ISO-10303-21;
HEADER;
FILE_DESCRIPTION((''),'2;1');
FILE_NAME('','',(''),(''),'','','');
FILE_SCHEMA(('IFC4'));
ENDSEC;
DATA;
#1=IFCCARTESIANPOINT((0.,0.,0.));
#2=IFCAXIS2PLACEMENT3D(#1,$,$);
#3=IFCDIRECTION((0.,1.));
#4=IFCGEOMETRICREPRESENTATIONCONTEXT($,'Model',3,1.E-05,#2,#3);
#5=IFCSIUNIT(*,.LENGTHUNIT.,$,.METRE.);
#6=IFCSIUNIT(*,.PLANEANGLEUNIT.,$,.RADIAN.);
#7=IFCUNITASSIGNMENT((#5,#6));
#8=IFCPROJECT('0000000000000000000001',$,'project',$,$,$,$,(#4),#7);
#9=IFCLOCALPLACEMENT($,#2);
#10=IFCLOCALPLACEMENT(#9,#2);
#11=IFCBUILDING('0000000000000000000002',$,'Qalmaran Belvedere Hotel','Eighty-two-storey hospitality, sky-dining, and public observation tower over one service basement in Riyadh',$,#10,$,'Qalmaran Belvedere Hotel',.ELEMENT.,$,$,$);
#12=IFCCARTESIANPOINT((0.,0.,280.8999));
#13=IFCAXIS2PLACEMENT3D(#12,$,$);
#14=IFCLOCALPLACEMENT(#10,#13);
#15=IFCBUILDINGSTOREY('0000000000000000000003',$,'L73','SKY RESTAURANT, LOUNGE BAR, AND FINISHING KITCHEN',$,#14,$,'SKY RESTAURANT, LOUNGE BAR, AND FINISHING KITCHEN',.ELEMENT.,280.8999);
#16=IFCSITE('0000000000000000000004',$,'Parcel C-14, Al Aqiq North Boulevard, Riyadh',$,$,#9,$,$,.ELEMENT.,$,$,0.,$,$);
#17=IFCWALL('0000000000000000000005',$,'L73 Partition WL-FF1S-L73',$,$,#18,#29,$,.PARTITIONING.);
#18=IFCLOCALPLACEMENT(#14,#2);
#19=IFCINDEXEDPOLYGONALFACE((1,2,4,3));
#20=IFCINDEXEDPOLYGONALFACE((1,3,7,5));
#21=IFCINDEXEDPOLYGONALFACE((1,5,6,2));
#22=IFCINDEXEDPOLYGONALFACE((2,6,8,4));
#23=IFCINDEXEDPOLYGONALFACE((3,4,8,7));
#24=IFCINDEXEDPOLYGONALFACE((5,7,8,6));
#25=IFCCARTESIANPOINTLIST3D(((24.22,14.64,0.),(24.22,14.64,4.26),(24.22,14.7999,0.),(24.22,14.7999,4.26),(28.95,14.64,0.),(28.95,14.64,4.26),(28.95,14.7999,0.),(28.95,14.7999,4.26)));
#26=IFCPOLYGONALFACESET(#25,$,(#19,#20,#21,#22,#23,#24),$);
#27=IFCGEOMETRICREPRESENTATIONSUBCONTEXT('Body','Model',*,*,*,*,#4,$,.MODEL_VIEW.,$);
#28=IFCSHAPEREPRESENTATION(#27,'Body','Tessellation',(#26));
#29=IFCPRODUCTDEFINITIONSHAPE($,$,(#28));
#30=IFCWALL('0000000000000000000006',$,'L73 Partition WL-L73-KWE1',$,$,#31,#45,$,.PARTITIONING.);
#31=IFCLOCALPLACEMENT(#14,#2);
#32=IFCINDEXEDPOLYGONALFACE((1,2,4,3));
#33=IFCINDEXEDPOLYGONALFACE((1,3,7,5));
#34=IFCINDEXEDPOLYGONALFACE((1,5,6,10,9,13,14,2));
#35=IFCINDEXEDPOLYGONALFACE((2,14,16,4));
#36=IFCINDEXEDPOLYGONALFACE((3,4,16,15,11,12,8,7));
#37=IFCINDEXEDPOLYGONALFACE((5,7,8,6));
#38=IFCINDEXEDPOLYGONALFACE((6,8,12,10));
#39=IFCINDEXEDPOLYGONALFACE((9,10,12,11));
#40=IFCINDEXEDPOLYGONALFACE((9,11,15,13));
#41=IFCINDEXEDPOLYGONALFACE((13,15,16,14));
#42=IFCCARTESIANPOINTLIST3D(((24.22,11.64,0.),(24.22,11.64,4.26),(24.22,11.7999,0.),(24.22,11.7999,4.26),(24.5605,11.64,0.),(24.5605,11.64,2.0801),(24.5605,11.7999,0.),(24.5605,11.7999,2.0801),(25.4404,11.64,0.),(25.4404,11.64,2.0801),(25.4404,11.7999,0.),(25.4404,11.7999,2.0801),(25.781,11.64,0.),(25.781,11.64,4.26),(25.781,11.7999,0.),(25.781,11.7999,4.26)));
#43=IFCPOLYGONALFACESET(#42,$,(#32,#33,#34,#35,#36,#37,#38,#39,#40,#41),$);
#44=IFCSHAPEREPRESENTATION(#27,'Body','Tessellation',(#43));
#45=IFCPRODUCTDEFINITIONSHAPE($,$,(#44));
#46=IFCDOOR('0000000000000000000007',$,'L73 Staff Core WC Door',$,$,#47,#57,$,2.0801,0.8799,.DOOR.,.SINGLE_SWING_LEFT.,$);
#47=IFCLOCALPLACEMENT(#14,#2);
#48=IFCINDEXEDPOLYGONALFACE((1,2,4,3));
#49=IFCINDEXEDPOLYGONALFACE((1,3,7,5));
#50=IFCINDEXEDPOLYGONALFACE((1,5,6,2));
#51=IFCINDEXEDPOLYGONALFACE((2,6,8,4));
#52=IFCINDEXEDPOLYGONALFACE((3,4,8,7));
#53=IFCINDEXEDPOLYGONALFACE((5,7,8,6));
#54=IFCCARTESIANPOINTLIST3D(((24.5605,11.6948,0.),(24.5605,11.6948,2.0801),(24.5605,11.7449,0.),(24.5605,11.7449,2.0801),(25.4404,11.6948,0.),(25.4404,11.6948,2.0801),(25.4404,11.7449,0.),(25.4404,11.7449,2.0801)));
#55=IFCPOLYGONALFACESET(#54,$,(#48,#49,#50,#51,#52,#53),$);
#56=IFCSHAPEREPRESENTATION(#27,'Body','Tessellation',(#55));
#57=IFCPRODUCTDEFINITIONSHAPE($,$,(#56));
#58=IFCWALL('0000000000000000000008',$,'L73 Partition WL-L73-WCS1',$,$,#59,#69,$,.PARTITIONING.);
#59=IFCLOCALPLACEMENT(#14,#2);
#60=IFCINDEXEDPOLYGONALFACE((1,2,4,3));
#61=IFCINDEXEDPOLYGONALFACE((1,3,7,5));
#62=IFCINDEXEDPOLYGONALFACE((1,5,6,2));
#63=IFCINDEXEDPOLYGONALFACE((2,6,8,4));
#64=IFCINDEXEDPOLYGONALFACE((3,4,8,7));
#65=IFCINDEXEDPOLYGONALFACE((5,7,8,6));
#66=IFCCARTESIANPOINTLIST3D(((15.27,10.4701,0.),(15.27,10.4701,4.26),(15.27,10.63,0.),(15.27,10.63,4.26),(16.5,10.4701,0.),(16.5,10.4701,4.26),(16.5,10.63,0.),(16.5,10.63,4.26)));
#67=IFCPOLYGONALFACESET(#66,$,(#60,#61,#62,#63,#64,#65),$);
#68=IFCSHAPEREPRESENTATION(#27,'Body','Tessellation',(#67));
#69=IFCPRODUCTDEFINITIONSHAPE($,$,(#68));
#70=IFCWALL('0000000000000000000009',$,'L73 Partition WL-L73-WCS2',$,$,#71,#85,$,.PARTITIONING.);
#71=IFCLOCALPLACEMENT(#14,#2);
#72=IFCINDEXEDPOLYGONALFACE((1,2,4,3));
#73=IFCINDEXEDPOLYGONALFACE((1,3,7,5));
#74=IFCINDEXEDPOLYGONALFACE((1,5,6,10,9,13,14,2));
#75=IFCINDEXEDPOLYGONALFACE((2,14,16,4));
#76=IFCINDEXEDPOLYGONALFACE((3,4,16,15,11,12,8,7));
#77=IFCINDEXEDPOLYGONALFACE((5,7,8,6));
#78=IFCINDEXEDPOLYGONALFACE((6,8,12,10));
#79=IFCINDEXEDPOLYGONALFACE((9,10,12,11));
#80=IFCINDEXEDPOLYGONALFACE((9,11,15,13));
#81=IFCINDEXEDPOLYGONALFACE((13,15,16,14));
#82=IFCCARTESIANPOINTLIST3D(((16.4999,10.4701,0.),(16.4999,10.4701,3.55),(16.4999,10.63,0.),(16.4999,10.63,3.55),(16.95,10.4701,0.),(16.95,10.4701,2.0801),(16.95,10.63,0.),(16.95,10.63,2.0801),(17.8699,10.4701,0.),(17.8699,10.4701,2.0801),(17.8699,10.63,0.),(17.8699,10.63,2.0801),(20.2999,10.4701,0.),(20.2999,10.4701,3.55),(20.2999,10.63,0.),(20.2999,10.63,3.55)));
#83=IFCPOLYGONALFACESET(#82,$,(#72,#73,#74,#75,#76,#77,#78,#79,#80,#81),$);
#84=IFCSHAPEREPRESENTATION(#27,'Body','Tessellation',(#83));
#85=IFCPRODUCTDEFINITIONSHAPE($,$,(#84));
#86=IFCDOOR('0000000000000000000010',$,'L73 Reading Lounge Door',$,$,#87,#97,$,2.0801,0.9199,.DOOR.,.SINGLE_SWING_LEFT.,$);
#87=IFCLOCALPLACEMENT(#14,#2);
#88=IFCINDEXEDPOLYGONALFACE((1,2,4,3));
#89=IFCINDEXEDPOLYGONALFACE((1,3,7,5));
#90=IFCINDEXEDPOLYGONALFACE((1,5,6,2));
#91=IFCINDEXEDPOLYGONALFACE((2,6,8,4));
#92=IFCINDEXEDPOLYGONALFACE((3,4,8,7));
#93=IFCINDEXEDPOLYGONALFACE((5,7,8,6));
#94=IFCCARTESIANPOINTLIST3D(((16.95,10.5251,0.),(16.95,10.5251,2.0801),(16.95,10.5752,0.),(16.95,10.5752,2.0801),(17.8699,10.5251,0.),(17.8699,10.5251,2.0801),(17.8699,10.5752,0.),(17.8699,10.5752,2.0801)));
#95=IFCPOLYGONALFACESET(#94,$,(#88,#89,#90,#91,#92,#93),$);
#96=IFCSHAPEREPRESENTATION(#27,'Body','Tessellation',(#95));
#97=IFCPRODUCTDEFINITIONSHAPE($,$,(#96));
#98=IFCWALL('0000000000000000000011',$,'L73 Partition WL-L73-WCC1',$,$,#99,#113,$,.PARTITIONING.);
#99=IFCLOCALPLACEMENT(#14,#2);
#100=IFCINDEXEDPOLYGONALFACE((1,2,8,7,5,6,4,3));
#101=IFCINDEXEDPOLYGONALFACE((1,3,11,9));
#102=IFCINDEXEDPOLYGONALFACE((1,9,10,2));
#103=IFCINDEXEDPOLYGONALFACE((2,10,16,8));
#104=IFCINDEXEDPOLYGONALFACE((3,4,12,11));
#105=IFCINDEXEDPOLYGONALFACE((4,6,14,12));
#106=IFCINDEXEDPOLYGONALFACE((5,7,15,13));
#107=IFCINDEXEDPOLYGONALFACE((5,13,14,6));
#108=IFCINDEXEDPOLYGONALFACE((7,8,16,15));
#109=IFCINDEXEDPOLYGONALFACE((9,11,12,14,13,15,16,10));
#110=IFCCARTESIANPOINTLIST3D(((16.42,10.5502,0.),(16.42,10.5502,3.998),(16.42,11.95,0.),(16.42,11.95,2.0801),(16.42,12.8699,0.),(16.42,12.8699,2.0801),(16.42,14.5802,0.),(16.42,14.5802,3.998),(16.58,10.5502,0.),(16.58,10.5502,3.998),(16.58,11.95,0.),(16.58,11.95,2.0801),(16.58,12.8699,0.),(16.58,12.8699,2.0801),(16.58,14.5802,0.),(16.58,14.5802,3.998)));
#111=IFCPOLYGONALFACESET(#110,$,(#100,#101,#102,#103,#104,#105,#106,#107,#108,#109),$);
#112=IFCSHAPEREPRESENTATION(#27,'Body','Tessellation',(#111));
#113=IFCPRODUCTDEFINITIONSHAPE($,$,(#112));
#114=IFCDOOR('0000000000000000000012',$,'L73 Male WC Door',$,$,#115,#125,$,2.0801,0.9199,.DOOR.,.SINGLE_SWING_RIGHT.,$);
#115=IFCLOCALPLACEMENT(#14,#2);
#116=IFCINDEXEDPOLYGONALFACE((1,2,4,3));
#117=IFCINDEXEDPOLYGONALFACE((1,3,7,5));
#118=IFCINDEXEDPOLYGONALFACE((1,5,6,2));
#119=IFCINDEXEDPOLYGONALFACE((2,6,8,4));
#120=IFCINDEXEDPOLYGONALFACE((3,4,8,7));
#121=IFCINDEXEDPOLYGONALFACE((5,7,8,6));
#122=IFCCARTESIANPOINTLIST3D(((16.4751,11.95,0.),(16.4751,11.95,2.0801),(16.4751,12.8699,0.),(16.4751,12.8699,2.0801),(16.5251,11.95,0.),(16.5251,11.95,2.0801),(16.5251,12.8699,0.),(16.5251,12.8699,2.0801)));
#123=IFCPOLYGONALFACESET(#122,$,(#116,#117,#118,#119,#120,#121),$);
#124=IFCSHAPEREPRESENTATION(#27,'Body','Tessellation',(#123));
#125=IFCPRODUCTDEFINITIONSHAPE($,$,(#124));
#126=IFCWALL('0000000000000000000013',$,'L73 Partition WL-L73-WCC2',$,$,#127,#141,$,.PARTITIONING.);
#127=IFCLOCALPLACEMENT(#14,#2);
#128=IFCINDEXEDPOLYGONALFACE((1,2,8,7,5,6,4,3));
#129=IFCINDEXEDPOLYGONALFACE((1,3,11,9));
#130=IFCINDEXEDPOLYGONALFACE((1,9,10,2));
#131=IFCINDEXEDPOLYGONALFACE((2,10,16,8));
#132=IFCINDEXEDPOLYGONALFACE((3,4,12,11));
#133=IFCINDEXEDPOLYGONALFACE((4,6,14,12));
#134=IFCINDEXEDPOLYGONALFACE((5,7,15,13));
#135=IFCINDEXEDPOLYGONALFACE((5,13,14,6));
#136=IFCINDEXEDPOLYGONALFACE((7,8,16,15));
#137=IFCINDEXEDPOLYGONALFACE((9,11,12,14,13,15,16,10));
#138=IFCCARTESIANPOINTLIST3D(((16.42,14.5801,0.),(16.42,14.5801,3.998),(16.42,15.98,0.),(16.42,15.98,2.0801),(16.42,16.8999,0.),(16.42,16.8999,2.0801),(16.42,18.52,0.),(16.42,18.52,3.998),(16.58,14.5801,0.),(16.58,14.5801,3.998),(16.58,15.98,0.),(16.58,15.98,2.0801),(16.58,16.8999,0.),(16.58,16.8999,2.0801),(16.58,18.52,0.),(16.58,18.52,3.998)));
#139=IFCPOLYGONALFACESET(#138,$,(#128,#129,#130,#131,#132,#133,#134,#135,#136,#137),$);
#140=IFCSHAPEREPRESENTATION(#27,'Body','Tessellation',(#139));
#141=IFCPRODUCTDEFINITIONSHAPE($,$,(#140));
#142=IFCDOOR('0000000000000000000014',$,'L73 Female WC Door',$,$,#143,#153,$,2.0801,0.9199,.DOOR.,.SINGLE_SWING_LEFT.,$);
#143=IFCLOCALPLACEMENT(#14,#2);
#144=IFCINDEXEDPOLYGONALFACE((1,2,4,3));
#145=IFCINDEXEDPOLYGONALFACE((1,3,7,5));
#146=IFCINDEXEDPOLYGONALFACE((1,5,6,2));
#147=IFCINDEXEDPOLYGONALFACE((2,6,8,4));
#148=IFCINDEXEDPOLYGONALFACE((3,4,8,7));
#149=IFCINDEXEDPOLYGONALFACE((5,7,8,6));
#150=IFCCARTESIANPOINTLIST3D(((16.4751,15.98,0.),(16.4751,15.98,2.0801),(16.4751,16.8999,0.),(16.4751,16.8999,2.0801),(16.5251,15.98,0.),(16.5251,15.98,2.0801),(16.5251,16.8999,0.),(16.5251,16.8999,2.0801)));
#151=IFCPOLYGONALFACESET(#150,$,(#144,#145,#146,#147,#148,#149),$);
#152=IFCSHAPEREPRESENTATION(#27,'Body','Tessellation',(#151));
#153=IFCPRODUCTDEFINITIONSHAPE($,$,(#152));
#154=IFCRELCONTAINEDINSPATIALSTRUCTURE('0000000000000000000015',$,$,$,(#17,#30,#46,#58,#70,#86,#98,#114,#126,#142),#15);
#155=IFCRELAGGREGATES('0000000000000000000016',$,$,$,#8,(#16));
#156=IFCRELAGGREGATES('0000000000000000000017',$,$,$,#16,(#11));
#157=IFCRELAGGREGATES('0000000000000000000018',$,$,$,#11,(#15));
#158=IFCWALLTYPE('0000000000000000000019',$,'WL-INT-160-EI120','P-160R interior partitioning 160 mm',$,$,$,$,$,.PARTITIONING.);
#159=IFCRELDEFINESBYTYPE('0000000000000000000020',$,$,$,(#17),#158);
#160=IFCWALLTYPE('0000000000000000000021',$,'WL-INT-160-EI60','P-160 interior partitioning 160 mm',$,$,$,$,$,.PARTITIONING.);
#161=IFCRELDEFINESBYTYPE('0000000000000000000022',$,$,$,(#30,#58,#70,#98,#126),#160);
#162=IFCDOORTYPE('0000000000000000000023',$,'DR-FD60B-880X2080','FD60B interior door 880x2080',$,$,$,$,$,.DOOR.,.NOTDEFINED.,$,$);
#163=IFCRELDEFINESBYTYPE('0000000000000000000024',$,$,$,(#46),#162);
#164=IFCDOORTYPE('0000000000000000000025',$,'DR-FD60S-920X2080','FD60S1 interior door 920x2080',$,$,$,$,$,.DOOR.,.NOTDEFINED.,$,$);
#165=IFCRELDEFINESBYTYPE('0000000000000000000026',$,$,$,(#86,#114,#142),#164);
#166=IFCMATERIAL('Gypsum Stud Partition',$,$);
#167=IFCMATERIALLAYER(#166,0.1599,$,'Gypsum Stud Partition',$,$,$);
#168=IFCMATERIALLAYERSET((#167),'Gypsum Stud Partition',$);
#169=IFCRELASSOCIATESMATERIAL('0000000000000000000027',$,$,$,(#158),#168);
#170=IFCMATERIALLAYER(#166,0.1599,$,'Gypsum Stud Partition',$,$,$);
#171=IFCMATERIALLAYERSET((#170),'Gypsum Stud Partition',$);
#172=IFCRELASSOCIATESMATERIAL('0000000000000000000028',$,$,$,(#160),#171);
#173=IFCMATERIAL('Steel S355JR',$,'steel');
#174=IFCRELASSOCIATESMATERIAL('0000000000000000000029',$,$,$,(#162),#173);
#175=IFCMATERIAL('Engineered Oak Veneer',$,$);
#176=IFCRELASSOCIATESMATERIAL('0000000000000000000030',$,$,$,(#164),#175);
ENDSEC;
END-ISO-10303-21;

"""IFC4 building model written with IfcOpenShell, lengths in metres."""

from ifc_helpers import new_model, si_unit, direction, frame, frame_2d, origin, place, context, subcontext, project, spatial, rectangle, extrude, material, layer, layer_set, type_object, element, fill, save


model = new_model("IFC4")

# Units and contexts
model_context = context("Model", 3, precision=1e-05, world=origin(), true_north=direction((0.0, 1.0)))
body_context = subcontext(model_context, "Body", "Model", "MODEL_VIEW")
ifc_project = project(units=[si_unit("LENGTHUNIT", "METRE"), si_unit("PLANEANGLEUNIT", "RADIAN")], contexts=[model_context])

# Site, building, storey
site_placement = place(None, origin())
site = spatial("IfcSite", under=ifc_project, at=site_placement, Name="Parcel C-14, Al Aqiq North Boulevard, Riyadh", CompositionType="ELEMENT", RefElevation=0.0)
building_placement = place(site_placement, origin())
building = spatial("IfcBuilding", under=site, at=building_placement, Name="Qalmaran Belvedere Hotel", Description="Eighty-two-storey hospitality, sky-dining, and public observation tower over one service basement in Riyadh", LongName="Qalmaran Belvedere Hotel", CompositionType="ELEMENT")
storey_placement = place(building_placement, frame((0.0, 0.0, 280.8999)))
storey = spatial("IfcBuildingStorey", under=building, at=storey_placement, Name="L73", Description="SKY RESTAURANT, LOUNGE BAR, AND FINISHING KITCHEN", LongName="SKY RESTAURANT, LOUNGE BAR, AND FINISHING KITCHEN", CompositionType="ELEMENT", Elevation=280.8999)

# Wall
ifc_material_1 = material(Name="Gypsum Stud Partition")
ifc_layer_1 = layer(ifc_material_1, 0.1599, Name="Gypsum Stud Partition")
ifc_layer_set_1 = layer_set([ifc_layer_1], Name="Gypsum Stud Partition")
wall_type_1 = type_object("IfcWallType", Name="WL-INT-160-EI120", Description="P-160R interior partitioning 160 mm", PredefinedType="PARTITIONING", material=ifc_layer_set_1)
wall_1_placement = place(storey_placement, frame((24.22, 14.72, 0.0), z_axis=(0.0, 0.0, 1.0), x_axis=(1.0, 0.0, 0.0)))
element("IfcWall", 1, at=wall_1_placement, inside=storey, type_object=wall_type_1, Name="L73 Partition WL-FF1S-L73", PredefinedType="PARTITIONING", context=body_context, shape_type="SweptSolid", body=[
    extrude(rectangle(XDim=4.73, YDim=0.1599, at=frame_2d((2.365, 0.0))), origin(), (0.0, 0.0, 1.0), 4.26),
])

# Wall, opening, door
ifc_layer_2 = layer(ifc_material_1, 0.1599, Name="Gypsum Stud Partition")
ifc_layer_set_2 = layer_set([ifc_layer_2], Name="Gypsum Stud Partition")
wall_type_2 = type_object("IfcWallType", Name="WL-INT-160-EI60", Description="P-160 interior partitioning 160 mm", PredefinedType="PARTITIONING", material=ifc_layer_set_2)
wall_2_placement = place(storey_placement, frame((24.22, 11.72, 0.0), z_axis=(0.0, 0.0, 1.0), x_axis=(1.0, 0.0, 0.0)))
wall_2 = element("IfcWall", 2, at=wall_2_placement, inside=storey, type_object=wall_type_2, Name="L73 Partition WL-L73-KWE1", PredefinedType="PARTITIONING", context=body_context, shape_type="SweptSolid", body=[
    extrude(rectangle(XDim=1.561, YDim=0.1599, at=frame_2d((0.7805, 0.0))), origin(), (0.0, 0.0, 1.0), 4.26),
])
opening_1_placement = place(wall_2_placement, frame((0.3406, 0.0, 0.0)))
opening_1 = element("IfcOpeningElement", 3, at=opening_1_placement, cuts=wall_2, PredefinedType="OPENING", context=body_context, shape_type="SweptSolid", body=[
    extrude(rectangle(XDim=0.8799, YDim=2.0801, at=frame_2d((0.4399, 1.04))), frame((0.0, 0.0898, 0.0), z_axis=(0.0, -1.0, 0.0), x_axis=(1.0, 0.0, 0.0)), (0.0, 0.0, 1.0), 0.1799),
])
ifc_material_2 = material(Name="Steel S355JR", Category="steel")
door_type_1 = type_object("IfcDoorType", Name="DR-FD60B-880X2080", Description="FD60B interior door 880x2080", OperationType="NOTDEFINED", PredefinedType="DOOR", material=ifc_material_2)
door_1_placement = place(opening_1_placement, origin())
door_1 = element("IfcDoor", 4, at=door_1_placement, inside=storey, type_object=door_type_1, Name="L73 Staff Core WC Door", OperationType="SINGLE_SWING_LEFT", OverallHeight=2.0801, OverallWidth=0.8799, PredefinedType="DOOR", context=body_context, shape_type="SweptSolid", body=[
    extrude(rectangle(XDim=0.8799, YDim=2.0801, at=frame_2d((0.4399, 1.04))), frame((0.0, 0.0249, 0.0), z_axis=(0.0, -1.0, 0.0), x_axis=(1.0, 0.0, 0.0)), (0.0, 0.0, 1.0), 0.05),
])
fill(opening_1, door_1)

# Wall
wall_3_placement = place(storey_placement, frame((15.27, 10.55, 0.0), z_axis=(0.0, 0.0, 1.0), x_axis=(1.0, 0.0, 0.0)))
element("IfcWall", 5, at=wall_3_placement, inside=storey, type_object=wall_type_2, Name="L73 Partition WL-L73-WCS1", PredefinedType="PARTITIONING", context=body_context, shape_type="SweptSolid", body=[
    extrude(rectangle(XDim=1.23, YDim=0.1599, at=frame_2d((0.615, 0.0))), origin(), (0.0, 0.0, 1.0), 4.26),
])

# Walls, openings, doors
wall_4_placement = place(storey_placement, frame((16.5, 10.55, 0.0), z_axis=(0.0, 0.0, 1.0), x_axis=(1.0, 0.0, 0.0)))
wall_4 = element("IfcWall", 6, at=wall_4_placement, inside=storey, type_object=wall_type_2, Name="L73 Partition WL-L73-WCS2", PredefinedType="PARTITIONING", context=body_context, shape_type="SweptSolid", body=[
    extrude(rectangle(XDim=3.8, YDim=0.1599, at=frame_2d((1.8999, 0.0))), origin(), (0.0, 0.0, 1.0), 3.55),
])
opening_2_placement = place(wall_4_placement, frame((1.3699, 0.0, 0.0), z_axis=(0.0, 0.0, 1.0), x_axis=(-1.0, 0.0, 0.0)))
opening_2 = element("IfcOpeningElement", 7, at=opening_2_placement, cuts=wall_4, PredefinedType="OPENING", context=body_context, shape_type="SweptSolid", body=[
    extrude(rectangle(XDim=0.9199, YDim=2.0801, at=frame_2d((0.46, 1.04))), frame((0.0, 0.0898, 0.0), z_axis=(0.0, -1.0, 0.0), x_axis=(1.0, 0.0, 0.0)), (0.0, 0.0, 1.0), 0.1799),
])
ifc_material_3 = material(Name="Engineered Oak Veneer")
door_type_2 = type_object("IfcDoorType", Name="DR-FD60S-920X2080", Description="FD60S1 interior door 920x2080", OperationType="NOTDEFINED", PredefinedType="DOOR", material=ifc_material_3)
door_2_placement = place(opening_2_placement, origin())
door_2 = element("IfcDoor", 8, at=door_2_placement, inside=storey, type_object=door_type_2, Name="L73 Reading Lounge Door", OperationType="SINGLE_SWING_LEFT", OverallHeight=2.0801, OverallWidth=0.9199, PredefinedType="DOOR", context=body_context, shape_type="SweptSolid", body=[
    extrude(rectangle(XDim=0.9199, YDim=2.0801, at=frame_2d((0.46, 1.04))), frame((0.0, 0.0249, 0.0), z_axis=(0.0, -1.0, 0.0), x_axis=(1.0, 0.0, 0.0)), (0.0, 0.0, 1.0), 0.05),
])
fill(opening_2, door_2)
wall_5_placement = place(storey_placement, frame((16.5, 10.55, 0.0), z_axis=(0.0, 0.0, 1.0), x_axis=(0.0, 1.0, 0.0)))
wall_5 = element("IfcWall", 9, at=wall_5_placement, inside=storey, type_object=wall_type_2, Name="L73 Partition WL-L73-WCC1", PredefinedType="PARTITIONING", context=body_context, shape_type="SweptSolid", body=[
    extrude(rectangle(XDim=4.03, YDim=0.1599, at=frame_2d((2.0151, 0.0))), origin(), (0.0, 0.0, 1.0), 3.998),
])
opening_3_placement = place(wall_5_placement, frame((1.3999, 0.0, 0.0)))
opening_3 = element("IfcOpeningElement", 10, at=opening_3_placement, cuts=wall_5, PredefinedType="OPENING", context=body_context, shape_type="SweptSolid", body=[
    extrude(rectangle(XDim=0.9199, YDim=2.0801, at=frame_2d((0.46, 1.04))), frame((0.0, 0.0898, 0.0), z_axis=(0.0, -1.0, 0.0), x_axis=(1.0, 0.0, 0.0)), (0.0, 0.0, 1.0), 0.1799),
])
door_3_placement = place(opening_3_placement, origin())
door_3 = element("IfcDoor", 11, at=door_3_placement, inside=storey, type_object=door_type_2, Name="L73 Male WC Door", OperationType="SINGLE_SWING_RIGHT", OverallHeight=2.0801, OverallWidth=0.9199, PredefinedType="DOOR", context=body_context, shape_type="SweptSolid", body=[
    extrude(rectangle(XDim=0.9199, YDim=2.0801, at=frame_2d((0.46, 1.04))), frame((0.0, 0.0249, 0.0), z_axis=(0.0, -1.0, 0.0), x_axis=(1.0, 0.0, 0.0)), (0.0, 0.0, 1.0), 0.05),
])
fill(opening_3, door_3)
wall_6_placement = place(storey_placement, frame((16.5, 14.5801, 0.0), z_axis=(0.0, 0.0, 1.0), x_axis=(0.0, 1.0, 0.0)))
wall_6 = element("IfcWall", 12, at=wall_6_placement, inside=storey, type_object=wall_type_2, Name="L73 Partition WL-L73-WCC2", PredefinedType="PARTITIONING", context=body_context, shape_type="SweptSolid", body=[
    extrude(rectangle(XDim=3.9399, YDim=0.1599, at=frame_2d((1.97, 0.0))), origin(), (0.0, 0.0, 1.0), 3.998),
])
opening_4_placement = place(wall_6_placement, frame((1.3999, 0.0, 0.0)))
opening_4 = element("IfcOpeningElement", 13, at=opening_4_placement, cuts=wall_6, PredefinedType="OPENING", context=body_context, shape_type="SweptSolid", body=[
    extrude(rectangle(XDim=0.9199, YDim=2.0801, at=frame_2d((0.46, 1.04))), frame((0.0, 0.0898, 0.0), z_axis=(0.0, -1.0, 0.0), x_axis=(1.0, 0.0, 0.0)), (0.0, 0.0, 1.0), 0.1799),
])
door_4_placement = place(opening_4_placement, origin())
door_4 = element("IfcDoor", 14, at=door_4_placement, inside=storey, type_object=door_type_2, Name="L73 Female WC Door", OperationType="SINGLE_SWING_LEFT", OverallHeight=2.0801, OverallWidth=0.9199, PredefinedType="DOOR", context=body_context, shape_type="SweptSolid", body=[
    extrude(rectangle(XDim=0.9199, YDim=2.0801, at=frame_2d((0.46, 1.04))), frame((0.0, 0.0249, 0.0), z_axis=(0.0, -1.0, 0.0), x_axis=(1.0, 0.0, 0.0)), (0.0, 0.0, 1.0), 0.05),
])
fill(opening_4, door_4)

save(model, "model.ifc")
